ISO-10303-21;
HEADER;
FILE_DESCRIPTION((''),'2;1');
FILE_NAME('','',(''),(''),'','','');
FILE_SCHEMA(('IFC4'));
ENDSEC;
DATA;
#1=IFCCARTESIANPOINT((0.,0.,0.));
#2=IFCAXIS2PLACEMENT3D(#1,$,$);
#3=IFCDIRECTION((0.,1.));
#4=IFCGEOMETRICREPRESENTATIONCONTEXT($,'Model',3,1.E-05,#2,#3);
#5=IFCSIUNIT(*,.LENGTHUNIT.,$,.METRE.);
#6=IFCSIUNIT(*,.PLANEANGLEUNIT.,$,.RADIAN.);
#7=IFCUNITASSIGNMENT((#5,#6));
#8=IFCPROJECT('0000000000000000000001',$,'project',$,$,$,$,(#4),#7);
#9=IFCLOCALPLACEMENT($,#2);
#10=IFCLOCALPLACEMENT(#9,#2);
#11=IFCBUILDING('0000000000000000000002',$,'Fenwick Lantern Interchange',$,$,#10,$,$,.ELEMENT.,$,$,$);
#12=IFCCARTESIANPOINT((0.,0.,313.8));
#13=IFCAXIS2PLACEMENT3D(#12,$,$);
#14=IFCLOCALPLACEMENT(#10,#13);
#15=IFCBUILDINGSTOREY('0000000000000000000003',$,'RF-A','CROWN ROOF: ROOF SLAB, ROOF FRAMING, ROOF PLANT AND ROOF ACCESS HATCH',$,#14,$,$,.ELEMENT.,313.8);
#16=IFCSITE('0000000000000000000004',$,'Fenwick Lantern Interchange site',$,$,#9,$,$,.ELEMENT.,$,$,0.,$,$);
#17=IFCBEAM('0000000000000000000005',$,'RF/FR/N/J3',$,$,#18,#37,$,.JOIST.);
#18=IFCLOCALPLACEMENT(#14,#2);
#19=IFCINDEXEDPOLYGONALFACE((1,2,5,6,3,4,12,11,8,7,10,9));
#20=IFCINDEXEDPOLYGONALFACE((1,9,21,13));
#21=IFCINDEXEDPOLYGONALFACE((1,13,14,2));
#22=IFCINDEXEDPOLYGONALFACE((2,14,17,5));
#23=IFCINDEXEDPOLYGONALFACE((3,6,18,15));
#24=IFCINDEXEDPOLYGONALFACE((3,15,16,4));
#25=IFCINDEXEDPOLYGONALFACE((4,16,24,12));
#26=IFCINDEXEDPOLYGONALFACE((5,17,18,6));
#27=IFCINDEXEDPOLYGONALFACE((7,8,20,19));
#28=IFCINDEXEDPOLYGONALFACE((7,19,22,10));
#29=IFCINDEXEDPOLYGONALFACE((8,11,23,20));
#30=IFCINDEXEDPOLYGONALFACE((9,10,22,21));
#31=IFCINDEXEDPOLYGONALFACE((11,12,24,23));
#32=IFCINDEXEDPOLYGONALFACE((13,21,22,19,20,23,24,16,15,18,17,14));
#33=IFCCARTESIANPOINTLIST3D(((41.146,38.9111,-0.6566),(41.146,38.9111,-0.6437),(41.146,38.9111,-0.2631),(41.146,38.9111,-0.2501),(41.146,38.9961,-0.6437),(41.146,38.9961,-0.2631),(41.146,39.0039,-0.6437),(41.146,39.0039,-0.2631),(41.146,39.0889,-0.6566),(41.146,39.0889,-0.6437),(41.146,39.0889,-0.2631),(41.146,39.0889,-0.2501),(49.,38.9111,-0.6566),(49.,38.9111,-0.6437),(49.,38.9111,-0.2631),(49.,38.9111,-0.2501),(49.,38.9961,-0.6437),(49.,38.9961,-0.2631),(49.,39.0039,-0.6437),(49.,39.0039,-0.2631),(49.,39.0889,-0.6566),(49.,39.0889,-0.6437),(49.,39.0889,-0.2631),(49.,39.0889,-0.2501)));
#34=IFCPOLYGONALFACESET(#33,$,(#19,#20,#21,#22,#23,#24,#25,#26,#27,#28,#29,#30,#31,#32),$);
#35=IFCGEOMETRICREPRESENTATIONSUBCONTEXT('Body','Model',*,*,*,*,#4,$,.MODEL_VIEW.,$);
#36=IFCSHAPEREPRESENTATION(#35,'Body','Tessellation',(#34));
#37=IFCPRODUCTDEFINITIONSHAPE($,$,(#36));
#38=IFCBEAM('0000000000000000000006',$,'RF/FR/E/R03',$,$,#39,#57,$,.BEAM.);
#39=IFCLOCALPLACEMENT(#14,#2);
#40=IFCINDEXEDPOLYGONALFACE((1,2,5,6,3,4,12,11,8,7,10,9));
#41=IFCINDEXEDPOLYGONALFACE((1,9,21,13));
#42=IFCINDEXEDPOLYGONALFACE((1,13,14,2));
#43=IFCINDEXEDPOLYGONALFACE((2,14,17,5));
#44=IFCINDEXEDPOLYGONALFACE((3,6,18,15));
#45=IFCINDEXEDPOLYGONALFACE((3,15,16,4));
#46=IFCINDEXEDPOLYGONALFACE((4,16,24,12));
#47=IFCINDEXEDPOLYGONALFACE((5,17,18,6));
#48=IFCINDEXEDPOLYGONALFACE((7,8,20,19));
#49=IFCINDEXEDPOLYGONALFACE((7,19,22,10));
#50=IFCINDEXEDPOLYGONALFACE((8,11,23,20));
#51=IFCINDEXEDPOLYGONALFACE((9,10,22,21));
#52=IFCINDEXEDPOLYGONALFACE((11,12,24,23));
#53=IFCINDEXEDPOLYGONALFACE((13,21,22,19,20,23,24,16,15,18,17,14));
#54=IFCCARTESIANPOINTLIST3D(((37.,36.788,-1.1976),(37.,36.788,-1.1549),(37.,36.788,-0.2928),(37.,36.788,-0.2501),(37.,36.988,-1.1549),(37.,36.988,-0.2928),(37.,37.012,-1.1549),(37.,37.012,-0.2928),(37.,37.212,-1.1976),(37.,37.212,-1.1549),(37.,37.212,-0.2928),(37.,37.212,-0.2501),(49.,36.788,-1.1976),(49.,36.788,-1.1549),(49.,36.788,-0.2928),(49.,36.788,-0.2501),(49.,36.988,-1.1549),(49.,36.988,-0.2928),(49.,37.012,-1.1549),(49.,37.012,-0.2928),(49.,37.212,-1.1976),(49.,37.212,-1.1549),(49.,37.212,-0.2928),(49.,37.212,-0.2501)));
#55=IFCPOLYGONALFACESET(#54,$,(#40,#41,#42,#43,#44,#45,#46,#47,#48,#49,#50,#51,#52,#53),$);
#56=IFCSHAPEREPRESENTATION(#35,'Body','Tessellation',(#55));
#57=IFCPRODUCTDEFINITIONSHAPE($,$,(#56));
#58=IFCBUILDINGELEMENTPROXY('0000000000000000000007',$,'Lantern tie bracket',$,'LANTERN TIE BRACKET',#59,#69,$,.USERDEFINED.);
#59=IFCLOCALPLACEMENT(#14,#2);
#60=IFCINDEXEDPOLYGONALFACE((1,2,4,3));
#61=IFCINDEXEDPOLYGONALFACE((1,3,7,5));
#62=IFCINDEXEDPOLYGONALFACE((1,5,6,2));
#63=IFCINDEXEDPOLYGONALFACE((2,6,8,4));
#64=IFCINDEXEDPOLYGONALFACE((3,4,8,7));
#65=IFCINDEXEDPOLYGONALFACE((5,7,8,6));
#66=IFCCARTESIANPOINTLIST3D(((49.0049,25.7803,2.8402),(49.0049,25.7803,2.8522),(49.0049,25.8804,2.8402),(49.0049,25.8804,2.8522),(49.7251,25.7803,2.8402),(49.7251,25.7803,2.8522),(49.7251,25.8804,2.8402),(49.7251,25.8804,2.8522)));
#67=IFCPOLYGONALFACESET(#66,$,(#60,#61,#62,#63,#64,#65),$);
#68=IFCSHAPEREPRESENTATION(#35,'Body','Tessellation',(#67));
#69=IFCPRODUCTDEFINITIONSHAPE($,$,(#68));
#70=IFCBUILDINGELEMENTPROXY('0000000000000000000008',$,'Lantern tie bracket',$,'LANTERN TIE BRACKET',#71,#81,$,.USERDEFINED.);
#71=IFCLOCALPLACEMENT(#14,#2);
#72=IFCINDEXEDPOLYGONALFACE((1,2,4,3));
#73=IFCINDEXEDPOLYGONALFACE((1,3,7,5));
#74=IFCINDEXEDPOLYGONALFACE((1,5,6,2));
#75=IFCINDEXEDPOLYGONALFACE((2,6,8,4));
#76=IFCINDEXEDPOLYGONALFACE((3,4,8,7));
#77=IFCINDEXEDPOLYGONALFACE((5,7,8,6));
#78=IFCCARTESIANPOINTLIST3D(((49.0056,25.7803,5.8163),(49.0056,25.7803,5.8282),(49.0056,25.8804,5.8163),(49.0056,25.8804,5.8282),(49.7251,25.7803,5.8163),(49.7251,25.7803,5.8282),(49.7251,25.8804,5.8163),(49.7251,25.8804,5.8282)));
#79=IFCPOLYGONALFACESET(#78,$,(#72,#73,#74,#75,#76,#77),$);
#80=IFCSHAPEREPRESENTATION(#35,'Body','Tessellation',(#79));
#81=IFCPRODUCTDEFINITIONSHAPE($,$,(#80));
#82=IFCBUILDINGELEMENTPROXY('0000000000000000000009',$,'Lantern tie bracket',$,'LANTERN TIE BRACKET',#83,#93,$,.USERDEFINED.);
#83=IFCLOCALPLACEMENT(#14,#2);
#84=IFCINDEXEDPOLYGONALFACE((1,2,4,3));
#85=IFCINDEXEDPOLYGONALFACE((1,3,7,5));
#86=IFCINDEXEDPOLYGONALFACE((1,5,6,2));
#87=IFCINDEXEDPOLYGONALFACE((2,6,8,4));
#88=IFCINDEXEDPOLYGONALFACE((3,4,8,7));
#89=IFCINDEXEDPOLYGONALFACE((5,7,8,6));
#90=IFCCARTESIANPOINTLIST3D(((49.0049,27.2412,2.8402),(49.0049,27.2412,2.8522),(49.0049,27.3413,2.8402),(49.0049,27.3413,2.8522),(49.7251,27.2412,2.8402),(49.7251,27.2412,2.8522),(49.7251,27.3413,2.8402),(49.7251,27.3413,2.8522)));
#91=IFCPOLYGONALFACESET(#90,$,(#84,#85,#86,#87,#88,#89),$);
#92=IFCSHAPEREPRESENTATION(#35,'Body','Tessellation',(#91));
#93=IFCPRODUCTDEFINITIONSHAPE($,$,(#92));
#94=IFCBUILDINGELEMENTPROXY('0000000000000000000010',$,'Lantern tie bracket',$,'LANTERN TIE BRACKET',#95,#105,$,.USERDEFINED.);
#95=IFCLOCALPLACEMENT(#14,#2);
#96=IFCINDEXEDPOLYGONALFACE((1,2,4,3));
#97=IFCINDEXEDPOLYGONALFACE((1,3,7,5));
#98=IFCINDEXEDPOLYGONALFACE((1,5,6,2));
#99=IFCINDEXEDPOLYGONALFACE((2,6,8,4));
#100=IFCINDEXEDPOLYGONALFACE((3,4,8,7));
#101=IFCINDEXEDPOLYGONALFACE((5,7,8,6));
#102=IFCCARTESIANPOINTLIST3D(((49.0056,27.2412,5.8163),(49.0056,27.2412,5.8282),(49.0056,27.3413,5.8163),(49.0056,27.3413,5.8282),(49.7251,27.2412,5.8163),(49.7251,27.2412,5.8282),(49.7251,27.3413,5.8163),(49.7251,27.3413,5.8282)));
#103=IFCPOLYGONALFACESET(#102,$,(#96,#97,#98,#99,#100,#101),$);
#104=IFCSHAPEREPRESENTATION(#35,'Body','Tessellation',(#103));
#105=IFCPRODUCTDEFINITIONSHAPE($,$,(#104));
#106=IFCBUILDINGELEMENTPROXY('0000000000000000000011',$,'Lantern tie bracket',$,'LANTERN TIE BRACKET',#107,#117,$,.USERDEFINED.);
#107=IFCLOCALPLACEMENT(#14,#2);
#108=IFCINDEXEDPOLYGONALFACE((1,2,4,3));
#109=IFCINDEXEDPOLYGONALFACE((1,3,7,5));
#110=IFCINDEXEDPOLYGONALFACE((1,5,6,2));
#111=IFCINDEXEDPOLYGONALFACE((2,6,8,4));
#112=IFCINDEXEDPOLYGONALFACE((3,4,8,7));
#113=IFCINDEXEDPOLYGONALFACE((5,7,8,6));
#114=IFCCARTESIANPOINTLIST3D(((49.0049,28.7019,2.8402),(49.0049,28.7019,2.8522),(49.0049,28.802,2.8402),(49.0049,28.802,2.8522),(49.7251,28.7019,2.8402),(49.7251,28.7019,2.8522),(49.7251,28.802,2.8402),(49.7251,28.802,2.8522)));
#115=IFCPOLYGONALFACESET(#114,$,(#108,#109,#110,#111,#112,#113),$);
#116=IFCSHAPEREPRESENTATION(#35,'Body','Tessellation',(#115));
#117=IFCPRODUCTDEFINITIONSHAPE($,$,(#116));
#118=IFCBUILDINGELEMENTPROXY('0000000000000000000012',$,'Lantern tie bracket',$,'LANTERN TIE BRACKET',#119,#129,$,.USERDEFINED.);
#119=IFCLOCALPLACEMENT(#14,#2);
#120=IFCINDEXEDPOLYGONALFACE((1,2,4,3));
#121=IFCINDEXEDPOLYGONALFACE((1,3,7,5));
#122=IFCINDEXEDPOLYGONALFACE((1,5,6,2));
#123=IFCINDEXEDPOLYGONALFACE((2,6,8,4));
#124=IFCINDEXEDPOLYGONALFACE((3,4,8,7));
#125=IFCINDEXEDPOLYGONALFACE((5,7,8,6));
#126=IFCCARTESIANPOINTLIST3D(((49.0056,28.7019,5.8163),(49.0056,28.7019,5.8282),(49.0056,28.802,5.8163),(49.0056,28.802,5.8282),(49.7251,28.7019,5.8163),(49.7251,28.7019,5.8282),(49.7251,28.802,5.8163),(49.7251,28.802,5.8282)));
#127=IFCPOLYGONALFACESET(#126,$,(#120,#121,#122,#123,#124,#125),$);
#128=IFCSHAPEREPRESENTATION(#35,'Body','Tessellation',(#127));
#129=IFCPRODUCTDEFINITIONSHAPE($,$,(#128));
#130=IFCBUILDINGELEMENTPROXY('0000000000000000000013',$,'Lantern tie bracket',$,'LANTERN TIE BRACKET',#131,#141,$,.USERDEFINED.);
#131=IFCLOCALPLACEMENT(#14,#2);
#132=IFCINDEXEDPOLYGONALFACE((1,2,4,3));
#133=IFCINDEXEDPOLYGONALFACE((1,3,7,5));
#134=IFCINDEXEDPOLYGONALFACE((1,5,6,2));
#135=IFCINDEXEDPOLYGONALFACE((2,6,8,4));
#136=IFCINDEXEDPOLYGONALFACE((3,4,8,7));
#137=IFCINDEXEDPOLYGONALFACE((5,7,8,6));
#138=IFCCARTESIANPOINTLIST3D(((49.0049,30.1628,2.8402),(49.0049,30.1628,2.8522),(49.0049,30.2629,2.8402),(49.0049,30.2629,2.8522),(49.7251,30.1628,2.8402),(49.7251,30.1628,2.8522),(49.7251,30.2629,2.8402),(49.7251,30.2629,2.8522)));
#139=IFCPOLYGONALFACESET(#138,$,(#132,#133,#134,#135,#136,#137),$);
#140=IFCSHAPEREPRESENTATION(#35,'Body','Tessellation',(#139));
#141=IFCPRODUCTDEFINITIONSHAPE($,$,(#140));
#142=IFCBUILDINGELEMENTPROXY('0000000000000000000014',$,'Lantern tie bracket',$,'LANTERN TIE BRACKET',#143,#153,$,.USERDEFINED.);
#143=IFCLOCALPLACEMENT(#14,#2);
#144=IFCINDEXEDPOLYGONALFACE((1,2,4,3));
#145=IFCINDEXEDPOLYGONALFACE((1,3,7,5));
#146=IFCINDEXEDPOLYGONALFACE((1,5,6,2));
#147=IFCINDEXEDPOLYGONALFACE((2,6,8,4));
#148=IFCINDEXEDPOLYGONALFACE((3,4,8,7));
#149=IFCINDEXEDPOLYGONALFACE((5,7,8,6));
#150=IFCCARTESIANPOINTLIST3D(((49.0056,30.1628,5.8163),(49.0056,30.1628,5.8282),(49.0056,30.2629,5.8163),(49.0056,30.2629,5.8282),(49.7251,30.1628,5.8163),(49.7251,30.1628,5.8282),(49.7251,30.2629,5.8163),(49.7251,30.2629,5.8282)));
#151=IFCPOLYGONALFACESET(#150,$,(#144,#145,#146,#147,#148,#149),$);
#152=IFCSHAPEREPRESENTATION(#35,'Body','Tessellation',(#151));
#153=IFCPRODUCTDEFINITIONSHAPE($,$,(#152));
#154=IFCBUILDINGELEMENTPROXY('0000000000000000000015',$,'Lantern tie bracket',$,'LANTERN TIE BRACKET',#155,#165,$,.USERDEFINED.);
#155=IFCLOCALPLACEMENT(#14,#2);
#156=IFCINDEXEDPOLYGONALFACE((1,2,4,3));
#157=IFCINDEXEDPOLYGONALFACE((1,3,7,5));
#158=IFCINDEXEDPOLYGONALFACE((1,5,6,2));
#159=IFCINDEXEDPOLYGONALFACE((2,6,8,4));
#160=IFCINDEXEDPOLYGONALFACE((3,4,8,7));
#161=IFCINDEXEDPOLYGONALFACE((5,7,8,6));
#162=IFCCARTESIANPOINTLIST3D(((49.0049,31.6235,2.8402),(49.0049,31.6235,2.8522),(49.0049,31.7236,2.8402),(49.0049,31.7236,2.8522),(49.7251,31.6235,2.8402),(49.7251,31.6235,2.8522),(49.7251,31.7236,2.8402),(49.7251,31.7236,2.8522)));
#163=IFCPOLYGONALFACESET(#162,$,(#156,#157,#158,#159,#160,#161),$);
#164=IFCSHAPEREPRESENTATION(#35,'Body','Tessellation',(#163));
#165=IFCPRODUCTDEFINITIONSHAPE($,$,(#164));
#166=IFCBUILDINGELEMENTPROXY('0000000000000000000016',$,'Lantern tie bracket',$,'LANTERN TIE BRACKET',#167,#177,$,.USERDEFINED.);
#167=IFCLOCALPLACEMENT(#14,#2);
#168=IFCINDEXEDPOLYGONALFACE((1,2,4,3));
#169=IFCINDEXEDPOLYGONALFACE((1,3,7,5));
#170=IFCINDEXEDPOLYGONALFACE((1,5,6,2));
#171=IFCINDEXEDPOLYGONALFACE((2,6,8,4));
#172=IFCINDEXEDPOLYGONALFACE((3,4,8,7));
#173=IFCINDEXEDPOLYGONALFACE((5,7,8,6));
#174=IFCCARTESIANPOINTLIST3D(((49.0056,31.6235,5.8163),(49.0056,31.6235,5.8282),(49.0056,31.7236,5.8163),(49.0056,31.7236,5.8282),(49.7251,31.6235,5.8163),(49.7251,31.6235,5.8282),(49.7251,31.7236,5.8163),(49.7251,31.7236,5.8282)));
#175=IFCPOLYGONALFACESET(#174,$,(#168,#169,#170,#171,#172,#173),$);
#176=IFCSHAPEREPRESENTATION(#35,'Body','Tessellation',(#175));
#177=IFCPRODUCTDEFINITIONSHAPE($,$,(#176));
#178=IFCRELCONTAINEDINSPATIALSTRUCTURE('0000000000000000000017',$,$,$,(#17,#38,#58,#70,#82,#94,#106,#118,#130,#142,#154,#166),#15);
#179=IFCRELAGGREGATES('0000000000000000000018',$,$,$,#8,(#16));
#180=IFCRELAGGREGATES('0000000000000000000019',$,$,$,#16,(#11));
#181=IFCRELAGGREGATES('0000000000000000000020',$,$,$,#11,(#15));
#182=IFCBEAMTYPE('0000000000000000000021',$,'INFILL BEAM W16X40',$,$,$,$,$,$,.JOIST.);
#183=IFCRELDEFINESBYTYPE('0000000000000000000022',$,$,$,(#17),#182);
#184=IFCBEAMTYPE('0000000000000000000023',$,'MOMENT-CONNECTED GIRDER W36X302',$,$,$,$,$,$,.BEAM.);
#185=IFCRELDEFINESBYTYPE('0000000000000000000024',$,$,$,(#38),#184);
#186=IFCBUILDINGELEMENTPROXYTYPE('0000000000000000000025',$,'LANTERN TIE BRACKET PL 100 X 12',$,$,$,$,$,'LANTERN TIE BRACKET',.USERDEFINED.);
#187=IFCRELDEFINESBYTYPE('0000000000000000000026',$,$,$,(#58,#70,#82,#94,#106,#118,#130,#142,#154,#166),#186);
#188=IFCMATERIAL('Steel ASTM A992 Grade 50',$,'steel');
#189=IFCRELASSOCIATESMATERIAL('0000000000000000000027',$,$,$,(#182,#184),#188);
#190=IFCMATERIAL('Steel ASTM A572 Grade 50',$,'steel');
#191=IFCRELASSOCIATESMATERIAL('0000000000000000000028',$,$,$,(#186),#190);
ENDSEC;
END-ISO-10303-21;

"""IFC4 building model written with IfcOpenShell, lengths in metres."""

from ifc_helpers import new_model, si_unit, direction, frame, origin, origin_2d, place, context, subcontext, project, spatial, rectangle, i_section, extrude, material, material_profile, profile_set, type_object, element, save


model = new_model("IFC4")

# Units and contexts
model_context = context("Model", 3, precision=1e-05, world=origin(), true_north=direction((0.0, 1.0)))
body_context = subcontext(model_context, "Body", "Model", "MODEL_VIEW")
ifc_project = project(units=[si_unit("LENGTHUNIT", "METRE"), si_unit("PLANEANGLEUNIT", "RADIAN")], contexts=[model_context])

# Site, building, storey
site_placement = place(None, origin())
site = spatial("IfcSite", under=ifc_project, at=site_placement, Name="Fenwick Lantern Interchange site", CompositionType="ELEMENT", RefElevation=0.0)
building_placement = place(site_placement, origin())
building = spatial("IfcBuilding", under=site, at=building_placement, Name="Fenwick Lantern Interchange", CompositionType="ELEMENT")
storey_placement = place(building_placement, frame((0.0, 0.0, 313.8)))
storey = spatial("IfcBuildingStorey", under=building, at=storey_placement, Name="RF-A", Description="CROWN ROOF: ROOF SLAB, ROOF FRAMING, ROOF PLANT AND ROOF ACCESS HATCH", CompositionType="ELEMENT", Elevation=313.8)

# Shared definitions
ifc_material_1 = material(Name="Steel ASTM A992 Grade 50", Category="steel")

# Beams
ifc_material_profile_1 = material_profile(ifc_material_1, i_section(OverallWidth=0.1777, OverallDepth=0.4065, WebThickness=0.0078, FlangeThickness=0.0129, at=origin_2d()), Name="W16X40")
ifc_profile_set_1 = profile_set([ifc_material_profile_1], Name="Steel ASTM A992 Grade 50")
beam_type_1 = type_object("IfcBeamType", Name="INFILL BEAM W16X40", PredefinedType="JOIST", material=ifc_profile_set_1)
beam_1_placement = place(storey_placement, frame((49.0, 39.0, -0.4534), z_axis=(-1.0, 0.0, 0.0), x_axis=(0.0, -1.0, 0.0)))
element("IfcBeam", 1, at=beam_1_placement, inside=storey, type_object=beam_type_1, Name="RF/FR/N/J3", PredefinedType="JOIST", context=body_context, shape_type="SweptSolid", body=[
    extrude(i_section(OverallWidth=0.1777, OverallDepth=0.4065, WebThickness=0.0078, FlangeThickness=0.0129, at=origin_2d()), origin(), (0.0, 0.0, 1.0), 7.854),
])
ifc_material_profile_2 = material_profile(ifc_material_1, i_section(OverallWidth=0.4241, OverallDepth=0.9475, WebThickness=0.0239, FlangeThickness=0.0427, at=origin_2d()), Name="W36X302")
ifc_profile_set_2 = profile_set([ifc_material_profile_2], Name="Steel ASTM A992 Grade 50")
beam_type_2 = type_object("IfcBeamType", Name="MOMENT-CONNECTED GIRDER W36X302", PredefinedType="BEAM", material=ifc_profile_set_2)
beam_2_placement = place(storey_placement, frame((49.0, 37.0, -0.7239), z_axis=(-1.0, 0.0, 0.0), x_axis=(0.0, -1.0, 0.0)))
element("IfcBeam", 2, at=beam_2_placement, inside=storey, type_object=beam_type_2, Name="RF/FR/E/R03", PredefinedType="BEAM", context=body_context, shape_type="SweptSolid", body=[
    extrude(i_section(OverallWidth=0.4241, OverallDepth=0.9475, WebThickness=0.0239, FlangeThickness=0.0427, at=origin_2d()), origin(), (0.0, 0.0, 1.0), 12.0),
])

# Building element proxies
ifc_material_2 = material(Name="Steel ASTM A572 Grade 50", Category="steel")
ifc_material_profile_3 = material_profile(ifc_material_2, rectangle(XDim=0.1001, YDim=0.012, at=origin_2d()), Name="PL100X12")
ifc_profile_set_3 = profile_set([ifc_material_profile_3], Name="Steel ASTM A572 Grade 50")
building_element_proxy_type = type_object("IfcBuildingElementProxyType", Name="LANTERN TIE BRACKET PL 100 X 12", ElementType="LANTERN TIE BRACKET", PredefinedType="USERDEFINED", material=ifc_profile_set_3)
proxy_1_placement = place(storey_placement, frame((49.7251, 25.8303, 2.8462), z_axis=(-1.0, 0.0, 0.0), x_axis=(0.0, -1.0, 0.0)))
element("IfcBuildingElementProxy", 3, at=proxy_1_placement, inside=storey, type_object=building_element_proxy_type, Name="Lantern tie bracket", ObjectType="LANTERN TIE BRACKET", PredefinedType="USERDEFINED", context=body_context, shape_type="SweptSolid", body=[
    extrude(rectangle(XDim=0.1001, YDim=0.012, at=origin_2d()), origin(), (0.0, 0.0, 1.0), 0.7202),
])
proxy_2_placement = place(storey_placement, frame((49.7251, 25.8303, 5.8223), z_axis=(-1.0, 0.0, 0.0), x_axis=(0.0, -1.0, 0.0)))
element("IfcBuildingElementProxy", 4, at=proxy_2_placement, inside=storey, type_object=building_element_proxy_type, Name="Lantern tie bracket", ObjectType="LANTERN TIE BRACKET", PredefinedType="USERDEFINED", context=body_context, shape_type="SweptSolid", body=[
    extrude(rectangle(XDim=0.1001, YDim=0.012, at=origin_2d()), origin(), (0.0, 0.0, 1.0), 0.7195),
])
proxy_3_placement = place(storey_placement, frame((49.7251, 27.2913, 2.8462), z_axis=(-1.0, 0.0, 0.0), x_axis=(0.0, -1.0, 0.0)))
element("IfcBuildingElementProxy", 5, at=proxy_3_placement, inside=storey, type_object=building_element_proxy_type, Name="Lantern tie bracket", ObjectType="LANTERN TIE BRACKET", PredefinedType="USERDEFINED", context=body_context, shape_type="SweptSolid", body=[
    extrude(rectangle(XDim=0.1001, YDim=0.012, at=origin_2d()), origin(), (0.0, 0.0, 1.0), 0.7202),
])
proxy_4_placement = place(storey_placement, frame((49.7251, 27.2913, 5.8223), z_axis=(-1.0, 0.0, 0.0), x_axis=(0.0, -1.0, 0.0)))
element("IfcBuildingElementProxy", 6, at=proxy_4_placement, inside=storey, type_object=building_element_proxy_type, Name="Lantern tie bracket", ObjectType="LANTERN TIE BRACKET", PredefinedType="USERDEFINED", context=body_context, shape_type="SweptSolid", body=[
    extrude(rectangle(XDim=0.1001, YDim=0.012, at=origin_2d()), origin(), (0.0, 0.0, 1.0), 0.7195),
])
proxy_5_placement = place(storey_placement, frame((49.7251, 28.752, 2.8462), z_axis=(-1.0, 0.0, 0.0), x_axis=(0.0, -1.0, 0.0)))
element("IfcBuildingElementProxy", 7, at=proxy_5_placement, inside=storey, type_object=building_element_proxy_type, Name="Lantern tie bracket", ObjectType="LANTERN TIE BRACKET", PredefinedType="USERDEFINED", context=body_context, shape_type="SweptSolid", body=[
    extrude(rectangle(XDim=0.1001, YDim=0.012, at=origin_2d()), origin(), (0.0, 0.0, 1.0), 0.7202),
])
proxy_6_placement = place(storey_placement, frame((49.7251, 28.752, 5.8223), z_axis=(-1.0, 0.0, 0.0), x_axis=(0.0, -1.0, 0.0)))
element("IfcBuildingElementProxy", 8, at=proxy_6_placement, inside=storey, type_object=building_element_proxy_type, Name="Lantern tie bracket", ObjectType="LANTERN TIE BRACKET", PredefinedType="USERDEFINED", context=body_context, shape_type="SweptSolid", body=[
    extrude(rectangle(XDim=0.1001, YDim=0.012, at=origin_2d()), origin(), (0.0, 0.0, 1.0), 0.7195),
])
proxy_7_placement = place(storey_placement, frame((49.7251, 30.2129, 2.8462), z_axis=(-1.0, 0.0, 0.0), x_axis=(0.0, -1.0, 0.0)))
element("IfcBuildingElementProxy", 9, at=proxy_7_placement, inside=storey, type_object=building_element_proxy_type, Name="Lantern tie bracket", ObjectType="LANTERN TIE BRACKET", PredefinedType="USERDEFINED", context=body_context, shape_type="SweptSolid", body=[
    extrude(rectangle(XDim=0.1001, YDim=0.012, at=origin_2d()), origin(), (0.0, 0.0, 1.0), 0.7202),
])
proxy_8_placement = place(storey_placement, frame((49.7251, 30.2129, 5.8223), z_axis=(-1.0, 0.0, 0.0), x_axis=(0.0, -1.0, 0.0)))
element("IfcBuildingElementProxy", 10, at=proxy_8_placement, inside=storey, type_object=building_element_proxy_type, Name="Lantern tie bracket", ObjectType="LANTERN TIE BRACKET", PredefinedType="USERDEFINED", context=body_context, shape_type="SweptSolid", body=[
    extrude(rectangle(XDim=0.1001, YDim=0.012, at=origin_2d()), origin(), (0.0, 0.0, 1.0), 0.7195),
])
proxy_9_placement = place(storey_placement, frame((49.7251, 31.6736, 2.8462), z_axis=(-1.0, 0.0, 0.0), x_axis=(0.0, -1.0, 0.0)))
element("IfcBuildingElementProxy", 11, at=proxy_9_placement, inside=storey, type_object=building_element_proxy_type, Name="Lantern tie bracket", ObjectType="LANTERN TIE BRACKET", PredefinedType="USERDEFINED", context=body_context, shape_type="SweptSolid", body=[
    extrude(rectangle(XDim=0.1001, YDim=0.012, at=origin_2d()), origin(), (0.0, 0.0, 1.0), 0.7202),
])
proxy_10_placement = place(storey_placement, frame((49.7251, 31.6736, 5.8223), z_axis=(-1.0, 0.0, 0.0), x_axis=(0.0, -1.0, 0.0)))
element("IfcBuildingElementProxy", 12, at=proxy_10_placement, inside=storey, type_object=building_element_proxy_type, Name="Lantern tie bracket", ObjectType="LANTERN TIE BRACKET", PredefinedType="USERDEFINED", context=body_context, shape_type="SweptSolid", body=[
    extrude(rectangle(XDim=0.1001, YDim=0.012, at=origin_2d()), origin(), (0.0, 0.0, 1.0), 0.7195),
])

save(model, "model.ifc")
